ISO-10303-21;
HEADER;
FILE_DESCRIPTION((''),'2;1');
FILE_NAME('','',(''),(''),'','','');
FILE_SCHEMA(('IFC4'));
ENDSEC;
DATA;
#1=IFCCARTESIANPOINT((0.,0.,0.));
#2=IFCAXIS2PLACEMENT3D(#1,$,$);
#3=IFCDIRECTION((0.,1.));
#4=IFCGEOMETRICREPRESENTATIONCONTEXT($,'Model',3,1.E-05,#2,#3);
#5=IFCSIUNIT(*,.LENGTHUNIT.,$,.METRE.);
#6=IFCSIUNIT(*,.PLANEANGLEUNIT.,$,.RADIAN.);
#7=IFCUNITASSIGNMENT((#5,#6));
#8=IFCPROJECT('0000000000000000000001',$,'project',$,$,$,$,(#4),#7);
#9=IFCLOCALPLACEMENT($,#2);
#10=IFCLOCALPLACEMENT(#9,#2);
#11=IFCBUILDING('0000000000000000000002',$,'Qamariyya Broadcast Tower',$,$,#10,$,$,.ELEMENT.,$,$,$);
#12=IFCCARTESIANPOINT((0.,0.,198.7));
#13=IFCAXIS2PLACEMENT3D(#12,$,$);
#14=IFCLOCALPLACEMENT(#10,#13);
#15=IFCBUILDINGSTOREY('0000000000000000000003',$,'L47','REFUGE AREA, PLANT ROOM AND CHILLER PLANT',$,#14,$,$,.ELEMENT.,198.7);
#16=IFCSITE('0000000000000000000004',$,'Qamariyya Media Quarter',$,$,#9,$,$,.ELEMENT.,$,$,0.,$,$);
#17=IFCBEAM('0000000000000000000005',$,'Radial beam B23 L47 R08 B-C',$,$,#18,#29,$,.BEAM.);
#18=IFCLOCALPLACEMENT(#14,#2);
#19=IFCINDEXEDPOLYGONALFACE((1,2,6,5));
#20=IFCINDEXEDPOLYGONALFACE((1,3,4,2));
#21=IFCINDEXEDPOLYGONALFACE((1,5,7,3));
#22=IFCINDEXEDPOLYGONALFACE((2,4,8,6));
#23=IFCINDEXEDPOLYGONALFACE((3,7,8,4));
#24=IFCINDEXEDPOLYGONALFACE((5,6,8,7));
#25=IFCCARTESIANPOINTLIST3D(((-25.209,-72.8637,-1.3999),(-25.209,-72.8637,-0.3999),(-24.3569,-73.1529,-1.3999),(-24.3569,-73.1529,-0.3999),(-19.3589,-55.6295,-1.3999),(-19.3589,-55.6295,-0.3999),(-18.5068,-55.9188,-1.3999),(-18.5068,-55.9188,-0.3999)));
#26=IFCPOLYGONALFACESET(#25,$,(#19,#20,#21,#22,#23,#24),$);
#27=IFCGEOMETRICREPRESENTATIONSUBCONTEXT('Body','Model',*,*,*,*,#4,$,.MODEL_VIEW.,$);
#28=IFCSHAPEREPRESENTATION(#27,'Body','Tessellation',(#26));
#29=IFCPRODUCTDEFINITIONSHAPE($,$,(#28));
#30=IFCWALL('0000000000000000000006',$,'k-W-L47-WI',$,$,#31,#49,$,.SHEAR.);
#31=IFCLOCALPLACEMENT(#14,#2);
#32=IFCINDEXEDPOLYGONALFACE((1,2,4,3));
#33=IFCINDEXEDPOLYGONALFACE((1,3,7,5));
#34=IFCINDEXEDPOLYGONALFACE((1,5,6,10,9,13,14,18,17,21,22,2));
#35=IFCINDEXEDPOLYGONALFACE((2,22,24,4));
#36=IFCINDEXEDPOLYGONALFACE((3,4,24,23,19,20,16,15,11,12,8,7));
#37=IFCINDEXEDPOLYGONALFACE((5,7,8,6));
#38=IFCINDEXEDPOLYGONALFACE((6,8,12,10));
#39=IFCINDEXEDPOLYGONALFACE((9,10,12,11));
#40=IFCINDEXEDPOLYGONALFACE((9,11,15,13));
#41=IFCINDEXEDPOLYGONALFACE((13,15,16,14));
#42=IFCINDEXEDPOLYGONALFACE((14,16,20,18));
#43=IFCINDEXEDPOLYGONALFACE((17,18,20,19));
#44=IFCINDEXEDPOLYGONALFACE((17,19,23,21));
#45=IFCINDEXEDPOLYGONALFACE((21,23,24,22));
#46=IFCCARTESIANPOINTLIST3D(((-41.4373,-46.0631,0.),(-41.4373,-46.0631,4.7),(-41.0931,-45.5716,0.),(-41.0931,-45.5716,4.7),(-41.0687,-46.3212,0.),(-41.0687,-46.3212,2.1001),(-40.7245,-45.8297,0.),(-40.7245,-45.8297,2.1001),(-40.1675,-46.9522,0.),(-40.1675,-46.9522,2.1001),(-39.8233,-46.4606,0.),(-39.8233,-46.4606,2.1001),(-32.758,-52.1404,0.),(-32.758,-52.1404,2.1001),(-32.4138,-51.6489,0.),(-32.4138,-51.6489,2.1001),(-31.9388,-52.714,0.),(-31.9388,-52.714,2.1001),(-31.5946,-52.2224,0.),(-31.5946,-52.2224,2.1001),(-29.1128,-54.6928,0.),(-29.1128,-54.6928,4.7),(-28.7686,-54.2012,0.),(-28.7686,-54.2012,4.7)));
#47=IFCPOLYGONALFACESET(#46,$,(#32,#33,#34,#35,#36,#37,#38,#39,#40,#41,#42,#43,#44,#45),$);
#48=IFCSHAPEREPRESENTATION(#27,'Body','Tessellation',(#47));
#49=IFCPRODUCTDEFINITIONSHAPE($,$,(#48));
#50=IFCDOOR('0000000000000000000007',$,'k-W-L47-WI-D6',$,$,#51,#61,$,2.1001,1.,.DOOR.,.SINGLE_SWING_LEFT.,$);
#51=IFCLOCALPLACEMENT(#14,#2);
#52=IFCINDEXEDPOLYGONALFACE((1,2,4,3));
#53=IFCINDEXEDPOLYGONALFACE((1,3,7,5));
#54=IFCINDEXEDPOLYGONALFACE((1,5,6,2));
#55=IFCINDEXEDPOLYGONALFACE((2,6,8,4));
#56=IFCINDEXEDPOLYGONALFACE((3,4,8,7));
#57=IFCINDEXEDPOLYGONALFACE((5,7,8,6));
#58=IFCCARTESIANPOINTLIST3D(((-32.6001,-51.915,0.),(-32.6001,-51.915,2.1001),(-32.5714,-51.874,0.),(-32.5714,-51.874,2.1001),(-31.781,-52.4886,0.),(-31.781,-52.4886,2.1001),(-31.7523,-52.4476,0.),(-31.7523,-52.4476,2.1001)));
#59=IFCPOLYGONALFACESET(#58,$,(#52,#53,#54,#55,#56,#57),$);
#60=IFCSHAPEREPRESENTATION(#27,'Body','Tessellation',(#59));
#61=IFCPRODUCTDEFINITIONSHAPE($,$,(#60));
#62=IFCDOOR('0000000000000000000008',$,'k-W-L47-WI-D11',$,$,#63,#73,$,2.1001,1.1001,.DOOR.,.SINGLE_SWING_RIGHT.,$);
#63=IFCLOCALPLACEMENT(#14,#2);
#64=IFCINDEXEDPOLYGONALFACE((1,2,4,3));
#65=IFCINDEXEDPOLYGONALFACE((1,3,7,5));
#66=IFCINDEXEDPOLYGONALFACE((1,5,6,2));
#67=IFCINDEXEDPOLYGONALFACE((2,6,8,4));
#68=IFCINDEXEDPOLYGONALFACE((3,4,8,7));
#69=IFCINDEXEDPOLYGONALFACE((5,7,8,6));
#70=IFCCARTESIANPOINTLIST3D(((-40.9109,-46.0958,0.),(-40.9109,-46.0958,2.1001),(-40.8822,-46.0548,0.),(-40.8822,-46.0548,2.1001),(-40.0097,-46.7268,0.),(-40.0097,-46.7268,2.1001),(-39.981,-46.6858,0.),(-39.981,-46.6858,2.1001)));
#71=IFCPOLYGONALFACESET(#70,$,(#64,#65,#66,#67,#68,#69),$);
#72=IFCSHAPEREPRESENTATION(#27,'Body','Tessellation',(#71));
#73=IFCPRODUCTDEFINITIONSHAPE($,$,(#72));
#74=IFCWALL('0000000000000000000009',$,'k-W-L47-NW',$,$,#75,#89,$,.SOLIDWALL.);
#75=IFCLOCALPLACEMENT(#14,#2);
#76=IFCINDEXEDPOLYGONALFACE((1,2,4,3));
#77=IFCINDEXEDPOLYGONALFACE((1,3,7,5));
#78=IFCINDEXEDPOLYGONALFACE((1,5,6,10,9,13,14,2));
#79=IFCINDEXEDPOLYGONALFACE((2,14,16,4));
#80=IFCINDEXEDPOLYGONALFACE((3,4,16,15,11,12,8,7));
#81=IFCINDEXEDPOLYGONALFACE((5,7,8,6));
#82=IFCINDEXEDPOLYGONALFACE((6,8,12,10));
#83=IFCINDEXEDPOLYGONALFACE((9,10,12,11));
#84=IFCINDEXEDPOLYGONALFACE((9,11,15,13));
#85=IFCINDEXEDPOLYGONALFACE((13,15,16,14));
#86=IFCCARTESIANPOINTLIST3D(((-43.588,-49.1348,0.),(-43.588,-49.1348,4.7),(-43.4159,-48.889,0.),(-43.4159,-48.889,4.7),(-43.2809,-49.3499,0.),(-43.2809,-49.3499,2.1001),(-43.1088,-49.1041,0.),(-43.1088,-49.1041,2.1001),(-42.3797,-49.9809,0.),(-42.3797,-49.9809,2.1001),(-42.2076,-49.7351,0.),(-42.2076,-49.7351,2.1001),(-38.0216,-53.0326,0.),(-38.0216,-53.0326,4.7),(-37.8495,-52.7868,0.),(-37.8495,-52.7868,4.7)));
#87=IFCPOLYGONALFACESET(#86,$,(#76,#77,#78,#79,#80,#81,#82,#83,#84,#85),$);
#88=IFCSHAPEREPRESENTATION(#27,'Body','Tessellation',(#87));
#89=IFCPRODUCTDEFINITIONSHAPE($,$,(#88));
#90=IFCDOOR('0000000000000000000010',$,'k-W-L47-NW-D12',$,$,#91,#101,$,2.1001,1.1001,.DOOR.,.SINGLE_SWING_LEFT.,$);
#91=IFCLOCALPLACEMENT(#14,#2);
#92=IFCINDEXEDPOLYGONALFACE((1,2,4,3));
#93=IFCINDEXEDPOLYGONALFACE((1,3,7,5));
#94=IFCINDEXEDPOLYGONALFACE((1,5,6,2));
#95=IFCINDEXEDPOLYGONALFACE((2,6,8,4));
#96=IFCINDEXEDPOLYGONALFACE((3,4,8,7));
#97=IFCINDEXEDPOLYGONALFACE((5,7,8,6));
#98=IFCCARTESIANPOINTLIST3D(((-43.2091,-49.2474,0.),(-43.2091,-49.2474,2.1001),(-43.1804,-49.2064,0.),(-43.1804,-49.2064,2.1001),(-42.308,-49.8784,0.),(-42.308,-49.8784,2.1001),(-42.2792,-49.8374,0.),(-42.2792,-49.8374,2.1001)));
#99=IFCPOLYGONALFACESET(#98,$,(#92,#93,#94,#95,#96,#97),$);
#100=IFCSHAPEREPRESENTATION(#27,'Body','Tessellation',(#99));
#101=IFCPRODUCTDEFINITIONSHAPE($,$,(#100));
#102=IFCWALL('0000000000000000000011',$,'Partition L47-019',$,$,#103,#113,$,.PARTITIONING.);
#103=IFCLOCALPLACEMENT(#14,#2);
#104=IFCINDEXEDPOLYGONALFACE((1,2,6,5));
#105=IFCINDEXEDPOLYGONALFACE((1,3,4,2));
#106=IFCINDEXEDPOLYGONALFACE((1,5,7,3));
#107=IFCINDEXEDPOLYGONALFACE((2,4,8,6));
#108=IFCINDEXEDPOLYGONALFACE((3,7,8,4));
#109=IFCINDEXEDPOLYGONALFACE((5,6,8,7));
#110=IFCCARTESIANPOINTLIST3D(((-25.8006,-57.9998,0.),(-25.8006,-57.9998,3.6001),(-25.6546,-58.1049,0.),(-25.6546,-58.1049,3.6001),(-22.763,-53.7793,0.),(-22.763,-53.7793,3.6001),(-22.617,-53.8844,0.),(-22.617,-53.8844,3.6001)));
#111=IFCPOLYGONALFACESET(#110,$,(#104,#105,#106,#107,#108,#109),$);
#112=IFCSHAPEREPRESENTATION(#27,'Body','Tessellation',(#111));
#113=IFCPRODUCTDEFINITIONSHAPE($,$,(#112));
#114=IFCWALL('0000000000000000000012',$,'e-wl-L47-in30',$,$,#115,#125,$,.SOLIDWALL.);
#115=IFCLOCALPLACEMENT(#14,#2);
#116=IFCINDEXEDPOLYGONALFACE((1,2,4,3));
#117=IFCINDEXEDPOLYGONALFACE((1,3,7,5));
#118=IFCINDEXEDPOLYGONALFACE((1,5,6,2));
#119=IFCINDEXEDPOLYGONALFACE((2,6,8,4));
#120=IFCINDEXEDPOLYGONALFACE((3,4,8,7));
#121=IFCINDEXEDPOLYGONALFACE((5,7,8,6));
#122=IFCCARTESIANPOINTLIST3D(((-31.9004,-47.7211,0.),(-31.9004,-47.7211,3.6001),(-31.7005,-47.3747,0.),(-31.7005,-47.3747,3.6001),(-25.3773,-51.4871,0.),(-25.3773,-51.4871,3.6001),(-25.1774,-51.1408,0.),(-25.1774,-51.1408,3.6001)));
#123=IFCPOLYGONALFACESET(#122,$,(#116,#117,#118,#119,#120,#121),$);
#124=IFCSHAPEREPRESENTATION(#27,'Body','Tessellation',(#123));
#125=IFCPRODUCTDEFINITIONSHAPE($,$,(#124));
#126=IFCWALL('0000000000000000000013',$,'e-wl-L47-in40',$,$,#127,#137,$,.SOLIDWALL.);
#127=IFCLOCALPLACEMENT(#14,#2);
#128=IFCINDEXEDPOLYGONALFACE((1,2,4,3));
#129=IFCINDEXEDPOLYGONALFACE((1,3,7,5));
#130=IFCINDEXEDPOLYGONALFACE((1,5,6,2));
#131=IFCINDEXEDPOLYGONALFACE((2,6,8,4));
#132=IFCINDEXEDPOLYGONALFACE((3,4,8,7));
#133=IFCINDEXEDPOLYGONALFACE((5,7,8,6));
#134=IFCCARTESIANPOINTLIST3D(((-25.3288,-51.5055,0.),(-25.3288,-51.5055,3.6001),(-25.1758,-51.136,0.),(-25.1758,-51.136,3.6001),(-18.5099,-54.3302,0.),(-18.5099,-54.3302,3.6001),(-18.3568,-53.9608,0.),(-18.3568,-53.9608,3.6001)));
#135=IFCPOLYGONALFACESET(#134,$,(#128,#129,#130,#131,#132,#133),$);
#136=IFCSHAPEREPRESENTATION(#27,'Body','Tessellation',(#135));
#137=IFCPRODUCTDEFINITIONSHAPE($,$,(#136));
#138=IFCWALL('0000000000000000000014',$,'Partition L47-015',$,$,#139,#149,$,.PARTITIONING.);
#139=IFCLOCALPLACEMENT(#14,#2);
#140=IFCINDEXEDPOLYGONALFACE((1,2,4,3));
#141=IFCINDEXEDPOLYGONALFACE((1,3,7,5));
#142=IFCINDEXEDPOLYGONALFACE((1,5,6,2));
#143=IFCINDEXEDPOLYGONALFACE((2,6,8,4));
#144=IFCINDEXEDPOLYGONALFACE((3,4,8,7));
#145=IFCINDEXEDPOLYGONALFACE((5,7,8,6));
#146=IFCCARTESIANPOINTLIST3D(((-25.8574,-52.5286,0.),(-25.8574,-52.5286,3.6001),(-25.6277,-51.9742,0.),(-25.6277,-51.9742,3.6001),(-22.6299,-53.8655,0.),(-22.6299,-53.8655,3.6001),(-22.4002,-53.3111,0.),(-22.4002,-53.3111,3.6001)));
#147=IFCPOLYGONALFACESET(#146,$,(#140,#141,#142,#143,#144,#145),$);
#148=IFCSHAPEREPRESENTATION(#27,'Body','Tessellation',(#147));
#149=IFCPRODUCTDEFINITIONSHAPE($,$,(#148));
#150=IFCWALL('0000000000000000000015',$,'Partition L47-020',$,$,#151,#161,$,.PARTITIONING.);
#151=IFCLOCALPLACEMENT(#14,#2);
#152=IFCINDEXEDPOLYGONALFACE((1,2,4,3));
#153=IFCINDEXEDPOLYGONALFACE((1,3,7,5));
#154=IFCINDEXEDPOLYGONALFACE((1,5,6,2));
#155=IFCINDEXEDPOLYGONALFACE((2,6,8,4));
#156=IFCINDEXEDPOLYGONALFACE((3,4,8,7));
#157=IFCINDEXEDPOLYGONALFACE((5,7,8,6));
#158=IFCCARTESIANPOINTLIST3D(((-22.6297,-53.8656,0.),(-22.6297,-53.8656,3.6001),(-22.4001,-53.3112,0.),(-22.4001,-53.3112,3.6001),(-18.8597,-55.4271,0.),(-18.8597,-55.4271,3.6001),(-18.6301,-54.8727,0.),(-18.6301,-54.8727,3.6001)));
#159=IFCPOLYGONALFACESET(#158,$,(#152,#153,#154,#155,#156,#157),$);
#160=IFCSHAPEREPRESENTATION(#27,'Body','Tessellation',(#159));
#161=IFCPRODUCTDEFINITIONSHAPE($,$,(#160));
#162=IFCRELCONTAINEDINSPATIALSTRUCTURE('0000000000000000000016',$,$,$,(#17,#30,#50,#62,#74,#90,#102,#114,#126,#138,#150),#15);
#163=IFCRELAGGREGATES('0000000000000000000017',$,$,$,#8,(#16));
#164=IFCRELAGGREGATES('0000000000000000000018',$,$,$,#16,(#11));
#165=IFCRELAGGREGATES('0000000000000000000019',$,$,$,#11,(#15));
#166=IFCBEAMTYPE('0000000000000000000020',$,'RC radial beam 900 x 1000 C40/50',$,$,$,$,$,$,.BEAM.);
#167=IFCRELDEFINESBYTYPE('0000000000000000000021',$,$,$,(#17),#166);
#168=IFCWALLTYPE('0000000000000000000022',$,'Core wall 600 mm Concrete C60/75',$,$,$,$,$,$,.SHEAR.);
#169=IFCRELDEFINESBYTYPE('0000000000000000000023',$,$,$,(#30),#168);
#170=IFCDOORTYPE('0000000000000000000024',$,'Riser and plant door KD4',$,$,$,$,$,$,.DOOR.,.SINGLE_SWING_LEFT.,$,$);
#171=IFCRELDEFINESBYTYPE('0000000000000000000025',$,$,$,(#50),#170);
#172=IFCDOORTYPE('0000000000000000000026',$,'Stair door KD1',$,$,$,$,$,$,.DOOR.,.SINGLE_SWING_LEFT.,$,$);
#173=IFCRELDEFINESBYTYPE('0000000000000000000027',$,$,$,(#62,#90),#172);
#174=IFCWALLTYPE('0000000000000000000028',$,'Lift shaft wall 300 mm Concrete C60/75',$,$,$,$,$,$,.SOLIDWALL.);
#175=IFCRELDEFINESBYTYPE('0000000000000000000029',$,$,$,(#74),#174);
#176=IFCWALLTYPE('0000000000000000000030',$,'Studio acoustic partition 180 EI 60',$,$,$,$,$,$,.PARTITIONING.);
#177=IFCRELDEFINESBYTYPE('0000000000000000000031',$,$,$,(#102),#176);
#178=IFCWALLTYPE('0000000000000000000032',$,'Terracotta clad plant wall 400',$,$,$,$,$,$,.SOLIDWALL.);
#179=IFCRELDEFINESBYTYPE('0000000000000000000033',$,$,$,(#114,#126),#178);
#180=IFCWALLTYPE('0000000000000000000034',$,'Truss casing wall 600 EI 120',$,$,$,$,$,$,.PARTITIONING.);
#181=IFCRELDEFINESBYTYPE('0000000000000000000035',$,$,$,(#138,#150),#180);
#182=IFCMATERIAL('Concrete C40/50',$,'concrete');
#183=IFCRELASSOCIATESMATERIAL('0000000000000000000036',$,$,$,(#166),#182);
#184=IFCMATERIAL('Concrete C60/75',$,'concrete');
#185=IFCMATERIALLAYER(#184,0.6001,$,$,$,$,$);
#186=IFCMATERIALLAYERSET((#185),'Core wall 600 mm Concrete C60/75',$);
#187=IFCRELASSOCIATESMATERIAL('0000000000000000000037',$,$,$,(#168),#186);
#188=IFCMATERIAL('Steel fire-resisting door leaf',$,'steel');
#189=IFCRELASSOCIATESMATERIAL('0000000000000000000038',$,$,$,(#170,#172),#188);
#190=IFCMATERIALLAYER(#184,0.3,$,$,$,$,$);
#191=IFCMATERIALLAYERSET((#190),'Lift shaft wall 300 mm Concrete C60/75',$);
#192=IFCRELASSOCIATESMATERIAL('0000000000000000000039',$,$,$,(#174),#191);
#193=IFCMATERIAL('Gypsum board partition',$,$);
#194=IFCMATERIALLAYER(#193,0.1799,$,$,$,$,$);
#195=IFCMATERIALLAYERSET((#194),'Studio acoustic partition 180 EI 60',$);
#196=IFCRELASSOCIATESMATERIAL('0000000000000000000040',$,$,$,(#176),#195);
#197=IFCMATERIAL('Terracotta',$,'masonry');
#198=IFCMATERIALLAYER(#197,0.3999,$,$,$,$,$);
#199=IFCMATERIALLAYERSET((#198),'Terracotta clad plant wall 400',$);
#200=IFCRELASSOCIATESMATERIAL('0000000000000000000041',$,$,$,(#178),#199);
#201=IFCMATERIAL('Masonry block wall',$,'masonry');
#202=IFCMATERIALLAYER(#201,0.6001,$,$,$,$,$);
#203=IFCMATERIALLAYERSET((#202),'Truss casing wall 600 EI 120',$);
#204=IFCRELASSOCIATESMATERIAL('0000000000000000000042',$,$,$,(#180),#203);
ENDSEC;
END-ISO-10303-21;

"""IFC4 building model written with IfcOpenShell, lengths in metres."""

from ifc_helpers import new_model, si_unit, direction, frame, frame_2d, origin, origin_2d, place, context, subcontext, project, spatial, rectangle, extrude, material, layer, layer_set, material_profile, profile_set, type_object, element, fill, save


model = new_model("IFC4")

# Units and contexts
model_context = context("Model", 3, precision=1e-05, world=origin(), true_north=direction((0.0, 1.0)))
body_context = subcontext(model_context, "Body", "Model", "MODEL_VIEW")
ifc_project = project(units=[si_unit("LENGTHUNIT", "METRE"), si_unit("PLANEANGLEUNIT", "RADIAN")], contexts=[model_context])

# Site, building, storey
site_placement = place(None, origin())
site = spatial("IfcSite", under=ifc_project, at=site_placement, Name="Qamariyya Media Quarter", CompositionType="ELEMENT", RefElevation=0.0)
building_placement = place(site_placement, origin())
building = spatial("IfcBuilding", under=site, at=building_placement, Name="Qamariyya Broadcast Tower", CompositionType="ELEMENT")
storey_placement = place(building_placement, frame((0.0, 0.0, 198.7)))
storey = spatial("IfcBuildingStorey", under=building, at=storey_placement, Name="L47", Description="REFUGE AREA, PLANT ROOM AND CHILLER PLANT", CompositionType="ELEMENT", Elevation=198.7)

# Shared definitions
ifc_material_1 = material(Name="Concrete C60/75", Category="concrete")

# Beam
ifc_material_2 = material(Name="Concrete C40/50", Category="concrete")
ifc_material_profile_1 = material_profile(ifc_material_2, rectangle(XDim=0.8999, YDim=1.0, at=origin_2d()))
ifc_profile_set_1 = profile_set([ifc_material_profile_1], Name="Concrete C40/50")
beam_type_1 = type_object("IfcBeamType", Name="RC radial beam 900 x 1000 C40/50", PredefinedType="BEAM", material=ifc_profile_set_1)
beam_1_placement = place(storey_placement, frame((-18.9329, -55.7742, -0.8999), z_axis=(-0.321434, -0.946932, 0.0), x_axis=(0.946932, -0.321434, 0.0)))
element("IfcBeam", 1, at=beam_1_placement, inside=storey, type_object=beam_type_1, Name="Radial beam B23 L47 R08 B-C", PredefinedType="BEAM", context=body_context, shape_type="SweptSolid", body=[
    extrude(rectangle(XDim=0.8999, YDim=1.0, at=origin_2d()), origin(), (0.0, 0.0, 1.0), 18.2),
])

# Wall, openings, doors
ifc_layer_1 = layer(ifc_material_1, 0.6001)
ifc_layer_set_1 = layer_set([ifc_layer_1], Name="Core wall 600 mm Concrete C60/75")
wall_type_1 = type_object("IfcWallType", Name="Core wall 600 mm Concrete C60/75", PredefinedType="SHEAR", material=ifc_layer_set_1)
wall_1_placement = place(storey_placement, frame((-28.9407, -54.447, 0.0), z_axis=(0.0, 0.0, 1.0), x_axis=(-0.819153, 0.573575, 0.0)))
wall_1 = element("IfcWall", 2, at=wall_1_placement, inside=storey, type_object=wall_type_1, Name="k-W-L47-WI", PredefinedType="SHEAR", context=body_context, shape_type="SweptSolid", body=[
    extrude(rectangle(XDim=15.0454, YDim=0.6001, at=frame_2d((7.5227, 0.0))), origin(), (0.0, 0.0, 1.0), 4.7),
])
opening_1_placement = place(wall_1_placement, frame((3.45, 0.0, 0.0)))
opening_1 = element("IfcOpeningElement", 3, at=opening_1_placement, cuts=wall_1, PredefinedType="OPENING", context=body_context, shape_type="SweptSolid", body=[
    extrude(rectangle(XDim=1.0, YDim=2.1001, at=frame_2d((0.5, 1.05))), frame((0.0, 0.3101, 0.0), z_axis=(0.0, -1.0, 0.0), x_axis=(1.0, 0.0, 0.0)), (0.0, 0.0, 1.0), 0.6201),
])
opening_2_placement = place(wall_1_placement, frame((13.4954, 0.0, 0.0)))
opening_2 = element("IfcOpeningElement", 4, at=opening_2_placement, cuts=wall_1, PredefinedType="OPENING", context=body_context, shape_type="SweptSolid", body=[
    extrude(rectangle(XDim=1.1001, YDim=2.1001, at=frame_2d((0.55, 1.05))), frame((0.0, 0.3101, 0.0), z_axis=(0.0, -1.0, 0.0), x_axis=(1.0, 0.0, 0.0)), (0.0, 0.0, 1.0), 0.6201),
])
ifc_material_3 = material(Name="Steel fire-resisting door leaf", Category="steel")
door_type_1 = type_object("IfcDoorType", Name="Riser and plant door KD4", OperationType="SINGLE_SWING_LEFT", PredefinedType="DOOR", material=ifc_material_3)
door_1_placement = place(opening_1_placement, origin())
door_1 = element("IfcDoor", 5, at=door_1_placement, inside=storey, type_object=door_type_1, Name="k-W-L47-WI-D6", OperationType="SINGLE_SWING_LEFT", OverallHeight=2.1001, OverallWidth=1.0, PredefinedType="DOOR", context=body_context, shape_type="SweptSolid", body=[
    extrude(rectangle(XDim=1.0, YDim=2.1001, at=frame_2d((0.5, 1.05))), frame((0.0, 0.0249, 0.0), z_axis=(0.0, -1.0, 0.0), x_axis=(1.0, 0.0, 0.0)), (0.0, 0.0, 1.0), 0.05),
])
fill(opening_1, door_1)
door_type_2 = type_object("IfcDoorType", Name="Stair door KD1", OperationType="SINGLE_SWING_LEFT", PredefinedType="DOOR", material=ifc_material_3)
door_2_placement = place(opening_2_placement, origin())
door_2 = element("IfcDoor", 6, at=door_2_placement, inside=storey, type_object=door_type_2, Name="k-W-L47-WI-D11", OperationType="SINGLE_SWING_RIGHT", OverallHeight=2.1001, OverallWidth=1.1001, PredefinedType="DOOR", context=body_context, shape_type="SweptSolid", body=[
    extrude(rectangle(XDim=1.1001, YDim=2.1001, at=frame_2d((0.55, 1.05))), frame((0.0, 0.0249, 0.0), z_axis=(0.0, -1.0, 0.0), x_axis=(1.0, 0.0, 0.0)), (0.0, 0.0, 1.0), 0.05),
])
fill(opening_2, door_2)

# Wall, opening, door
ifc_layer_2 = layer(ifc_material_1, 0.3)
ifc_layer_set_2 = layer_set([ifc_layer_2], Name="Lift shaft wall 300 mm Concrete C60/75")
wall_type_2 = type_object("IfcWallType", Name="Lift shaft wall 300 mm Concrete C60/75", PredefinedType="SOLIDWALL", material=ifc_layer_set_2)
wall_2_placement = place(storey_placement, frame((-37.9355, -52.9097, 0.0), z_axis=(0.0, 0.0, 1.0), x_axis=(-0.819148, 0.573583, 0.0)))
wall_2 = element("IfcWall", 7, at=wall_2_placement, inside=storey, type_object=wall_type_2, Name="k-W-L47-NW", PredefinedType="SOLIDWALL", context=body_context, shape_type="SweptSolid", body=[
    extrude(rectangle(XDim=6.7954, YDim=0.3, at=frame_2d((3.3977, 0.0))), origin(), (0.0, 0.0, 1.0), 4.7),
])
opening_3_placement = place(wall_2_placement, frame((5.3203, 0.0, 0.0)))
opening_3 = element("IfcOpeningElement", 8, at=opening_3_placement, cuts=wall_2, PredefinedType="OPENING", context=body_context, shape_type="SweptSolid", body=[
    extrude(rectangle(XDim=1.1001, YDim=2.1001, at=frame_2d((0.55, 1.05))), frame((0.0, 0.1599, 0.0), z_axis=(0.0, -1.0, 0.0), x_axis=(1.0, 0.0, 0.0)), (0.0, 0.0, 1.0), 0.3201),
])
door_3_placement = place(opening_3_placement, origin())
door_3 = element("IfcDoor", 9, at=door_3_placement, inside=storey, type_object=door_type_2, Name="k-W-L47-NW-D12", OperationType="SINGLE_SWING_LEFT", OverallHeight=2.1001, OverallWidth=1.1001, PredefinedType="DOOR", context=body_context, shape_type="SweptSolid", body=[
    extrude(rectangle(XDim=1.1001, YDim=2.1001, at=frame_2d((0.55, 1.05))), frame((0.0, 0.0249, 0.0), z_axis=(0.0, -1.0, 0.0), x_axis=(1.0, 0.0, 0.0)), (0.0, 0.0, 1.0), 0.05),
])
fill(opening_3, door_3)

# Walls
ifc_material_4 = material(Name="Gypsum board partition")
ifc_layer_3 = layer(ifc_material_4, 0.1799)
ifc_layer_set_3 = layer_set([ifc_layer_3], Name="Studio acoustic partition 180 EI 60")
wall_type_3 = type_object("IfcWallType", Name="Studio acoustic partition 180 EI 60", PredefinedType="PARTITIONING", material=ifc_layer_set_3)
wall_3_placement = place(storey_placement, frame((-22.6899, -53.8318, 0.0), z_axis=(0.0, 0.0, 1.0), x_axis=(-0.584161, -0.811638, 0.0)))
element("IfcWall", 10, at=wall_3_placement, inside=storey, type_object=wall_type_3, Name="Partition L47-019", PredefinedType="PARTITIONING", context=body_context, shape_type="SweptSolid", body=[
    extrude(rectangle(XDim=5.2, YDim=0.1799, at=frame_2d((2.6001, 0.0))), origin(), (0.0, 0.0, 1.0), 3.6001),
])
ifc_material_5 = material(Name="Terracotta", Category="masonry")
ifc_layer_4 = layer(ifc_material_5, 0.3999)
ifc_layer_set_4 = layer_set([ifc_layer_4], Name="Terracotta clad plant wall 400")
wall_type_4 = type_object("IfcWallType", Name="Terracotta clad plant wall 400", PredefinedType="SOLIDWALL", material=ifc_layer_set_4)
wall_4_placement = place(storey_placement, frame((-25.2773, -51.314, 0.0), z_axis=(0.0, 0.0, 1.0), x_axis=(-0.866029, 0.499995, 0.0)))
element("IfcWall", 11, at=wall_4_placement, inside=storey, type_object=wall_type_4, Name="e-wl-L47-in30", PredefinedType="SOLIDWALL", context=body_context, shape_type="SweptSolid", body=[
    extrude(rectangle(XDim=7.5322, YDim=0.3999, at=frame_2d((3.7661, 0.0))), origin(), (0.0, 0.0, 1.0), 3.6001),
])
wall_5_placement = place(storey_placement, frame((-18.4333, -54.1455, 0.0), z_axis=(0.0, 0.0, 1.0), x_axis=(-0.923868, 0.382712, 0.0)))
element("IfcWall", 12, at=wall_5_placement, inside=storey, type_object=wall_type_4, Name="e-wl-L47-in40", PredefinedType="SOLIDWALL", context=body_context, shape_type="SweptSolid", body=[
    extrude(rectangle(XDim=7.3809, YDim=0.3999, at=frame_2d((3.6904, 0.0))), origin(), (0.0, 0.0, 1.0), 3.6001),
])
ifc_material_6 = material(Name="Masonry block wall", Category="masonry")
ifc_layer_5 = layer(ifc_material_6, 0.6001)
ifc_layer_set_5 = layer_set([ifc_layer_5], Name="Truss casing wall 600 EI 120")
wall_type_5 = type_object("IfcWallType", Name="Truss casing wall 600 EI 120", PredefinedType="PARTITIONING", material=ifc_layer_set_5)
wall_6_placement = place(storey_placement, frame((-25.7424, -52.2515, 0.0), z_axis=(0.0, 0.0, 1.0), x_axis=(0.923877, -0.382689, 0.0)))
element("IfcWall", 13, at=wall_6_placement, inside=storey, type_object=wall_type_5, Name="Partition L47-015", PredefinedType="PARTITIONING", context=body_context, shape_type="SweptSolid", body=[
    extrude(rectangle(XDim=3.4934, YDim=0.6001, at=frame_2d((1.7466, 0.0))), origin(), (0.0, 0.0, 1.0), 3.6001),
])
wall_7_placement = place(storey_placement, frame((-22.5149, -53.5884, 0.0), z_axis=(0.0, 0.0, 1.0), x_axis=(0.923886, -0.382669, 0.0)))
element("IfcWall", 14, at=wall_7_placement, inside=storey, type_object=wall_type_5, Name="Partition L47-020", PredefinedType="PARTITIONING", context=body_context, shape_type="SweptSolid", body=[
    extrude(rectangle(XDim=4.0806, YDim=0.6001, at=frame_2d((2.0403, 0.0))), origin(), (0.0, 0.0, 1.0), 3.6001),
])

save(model, "model.ifc")
